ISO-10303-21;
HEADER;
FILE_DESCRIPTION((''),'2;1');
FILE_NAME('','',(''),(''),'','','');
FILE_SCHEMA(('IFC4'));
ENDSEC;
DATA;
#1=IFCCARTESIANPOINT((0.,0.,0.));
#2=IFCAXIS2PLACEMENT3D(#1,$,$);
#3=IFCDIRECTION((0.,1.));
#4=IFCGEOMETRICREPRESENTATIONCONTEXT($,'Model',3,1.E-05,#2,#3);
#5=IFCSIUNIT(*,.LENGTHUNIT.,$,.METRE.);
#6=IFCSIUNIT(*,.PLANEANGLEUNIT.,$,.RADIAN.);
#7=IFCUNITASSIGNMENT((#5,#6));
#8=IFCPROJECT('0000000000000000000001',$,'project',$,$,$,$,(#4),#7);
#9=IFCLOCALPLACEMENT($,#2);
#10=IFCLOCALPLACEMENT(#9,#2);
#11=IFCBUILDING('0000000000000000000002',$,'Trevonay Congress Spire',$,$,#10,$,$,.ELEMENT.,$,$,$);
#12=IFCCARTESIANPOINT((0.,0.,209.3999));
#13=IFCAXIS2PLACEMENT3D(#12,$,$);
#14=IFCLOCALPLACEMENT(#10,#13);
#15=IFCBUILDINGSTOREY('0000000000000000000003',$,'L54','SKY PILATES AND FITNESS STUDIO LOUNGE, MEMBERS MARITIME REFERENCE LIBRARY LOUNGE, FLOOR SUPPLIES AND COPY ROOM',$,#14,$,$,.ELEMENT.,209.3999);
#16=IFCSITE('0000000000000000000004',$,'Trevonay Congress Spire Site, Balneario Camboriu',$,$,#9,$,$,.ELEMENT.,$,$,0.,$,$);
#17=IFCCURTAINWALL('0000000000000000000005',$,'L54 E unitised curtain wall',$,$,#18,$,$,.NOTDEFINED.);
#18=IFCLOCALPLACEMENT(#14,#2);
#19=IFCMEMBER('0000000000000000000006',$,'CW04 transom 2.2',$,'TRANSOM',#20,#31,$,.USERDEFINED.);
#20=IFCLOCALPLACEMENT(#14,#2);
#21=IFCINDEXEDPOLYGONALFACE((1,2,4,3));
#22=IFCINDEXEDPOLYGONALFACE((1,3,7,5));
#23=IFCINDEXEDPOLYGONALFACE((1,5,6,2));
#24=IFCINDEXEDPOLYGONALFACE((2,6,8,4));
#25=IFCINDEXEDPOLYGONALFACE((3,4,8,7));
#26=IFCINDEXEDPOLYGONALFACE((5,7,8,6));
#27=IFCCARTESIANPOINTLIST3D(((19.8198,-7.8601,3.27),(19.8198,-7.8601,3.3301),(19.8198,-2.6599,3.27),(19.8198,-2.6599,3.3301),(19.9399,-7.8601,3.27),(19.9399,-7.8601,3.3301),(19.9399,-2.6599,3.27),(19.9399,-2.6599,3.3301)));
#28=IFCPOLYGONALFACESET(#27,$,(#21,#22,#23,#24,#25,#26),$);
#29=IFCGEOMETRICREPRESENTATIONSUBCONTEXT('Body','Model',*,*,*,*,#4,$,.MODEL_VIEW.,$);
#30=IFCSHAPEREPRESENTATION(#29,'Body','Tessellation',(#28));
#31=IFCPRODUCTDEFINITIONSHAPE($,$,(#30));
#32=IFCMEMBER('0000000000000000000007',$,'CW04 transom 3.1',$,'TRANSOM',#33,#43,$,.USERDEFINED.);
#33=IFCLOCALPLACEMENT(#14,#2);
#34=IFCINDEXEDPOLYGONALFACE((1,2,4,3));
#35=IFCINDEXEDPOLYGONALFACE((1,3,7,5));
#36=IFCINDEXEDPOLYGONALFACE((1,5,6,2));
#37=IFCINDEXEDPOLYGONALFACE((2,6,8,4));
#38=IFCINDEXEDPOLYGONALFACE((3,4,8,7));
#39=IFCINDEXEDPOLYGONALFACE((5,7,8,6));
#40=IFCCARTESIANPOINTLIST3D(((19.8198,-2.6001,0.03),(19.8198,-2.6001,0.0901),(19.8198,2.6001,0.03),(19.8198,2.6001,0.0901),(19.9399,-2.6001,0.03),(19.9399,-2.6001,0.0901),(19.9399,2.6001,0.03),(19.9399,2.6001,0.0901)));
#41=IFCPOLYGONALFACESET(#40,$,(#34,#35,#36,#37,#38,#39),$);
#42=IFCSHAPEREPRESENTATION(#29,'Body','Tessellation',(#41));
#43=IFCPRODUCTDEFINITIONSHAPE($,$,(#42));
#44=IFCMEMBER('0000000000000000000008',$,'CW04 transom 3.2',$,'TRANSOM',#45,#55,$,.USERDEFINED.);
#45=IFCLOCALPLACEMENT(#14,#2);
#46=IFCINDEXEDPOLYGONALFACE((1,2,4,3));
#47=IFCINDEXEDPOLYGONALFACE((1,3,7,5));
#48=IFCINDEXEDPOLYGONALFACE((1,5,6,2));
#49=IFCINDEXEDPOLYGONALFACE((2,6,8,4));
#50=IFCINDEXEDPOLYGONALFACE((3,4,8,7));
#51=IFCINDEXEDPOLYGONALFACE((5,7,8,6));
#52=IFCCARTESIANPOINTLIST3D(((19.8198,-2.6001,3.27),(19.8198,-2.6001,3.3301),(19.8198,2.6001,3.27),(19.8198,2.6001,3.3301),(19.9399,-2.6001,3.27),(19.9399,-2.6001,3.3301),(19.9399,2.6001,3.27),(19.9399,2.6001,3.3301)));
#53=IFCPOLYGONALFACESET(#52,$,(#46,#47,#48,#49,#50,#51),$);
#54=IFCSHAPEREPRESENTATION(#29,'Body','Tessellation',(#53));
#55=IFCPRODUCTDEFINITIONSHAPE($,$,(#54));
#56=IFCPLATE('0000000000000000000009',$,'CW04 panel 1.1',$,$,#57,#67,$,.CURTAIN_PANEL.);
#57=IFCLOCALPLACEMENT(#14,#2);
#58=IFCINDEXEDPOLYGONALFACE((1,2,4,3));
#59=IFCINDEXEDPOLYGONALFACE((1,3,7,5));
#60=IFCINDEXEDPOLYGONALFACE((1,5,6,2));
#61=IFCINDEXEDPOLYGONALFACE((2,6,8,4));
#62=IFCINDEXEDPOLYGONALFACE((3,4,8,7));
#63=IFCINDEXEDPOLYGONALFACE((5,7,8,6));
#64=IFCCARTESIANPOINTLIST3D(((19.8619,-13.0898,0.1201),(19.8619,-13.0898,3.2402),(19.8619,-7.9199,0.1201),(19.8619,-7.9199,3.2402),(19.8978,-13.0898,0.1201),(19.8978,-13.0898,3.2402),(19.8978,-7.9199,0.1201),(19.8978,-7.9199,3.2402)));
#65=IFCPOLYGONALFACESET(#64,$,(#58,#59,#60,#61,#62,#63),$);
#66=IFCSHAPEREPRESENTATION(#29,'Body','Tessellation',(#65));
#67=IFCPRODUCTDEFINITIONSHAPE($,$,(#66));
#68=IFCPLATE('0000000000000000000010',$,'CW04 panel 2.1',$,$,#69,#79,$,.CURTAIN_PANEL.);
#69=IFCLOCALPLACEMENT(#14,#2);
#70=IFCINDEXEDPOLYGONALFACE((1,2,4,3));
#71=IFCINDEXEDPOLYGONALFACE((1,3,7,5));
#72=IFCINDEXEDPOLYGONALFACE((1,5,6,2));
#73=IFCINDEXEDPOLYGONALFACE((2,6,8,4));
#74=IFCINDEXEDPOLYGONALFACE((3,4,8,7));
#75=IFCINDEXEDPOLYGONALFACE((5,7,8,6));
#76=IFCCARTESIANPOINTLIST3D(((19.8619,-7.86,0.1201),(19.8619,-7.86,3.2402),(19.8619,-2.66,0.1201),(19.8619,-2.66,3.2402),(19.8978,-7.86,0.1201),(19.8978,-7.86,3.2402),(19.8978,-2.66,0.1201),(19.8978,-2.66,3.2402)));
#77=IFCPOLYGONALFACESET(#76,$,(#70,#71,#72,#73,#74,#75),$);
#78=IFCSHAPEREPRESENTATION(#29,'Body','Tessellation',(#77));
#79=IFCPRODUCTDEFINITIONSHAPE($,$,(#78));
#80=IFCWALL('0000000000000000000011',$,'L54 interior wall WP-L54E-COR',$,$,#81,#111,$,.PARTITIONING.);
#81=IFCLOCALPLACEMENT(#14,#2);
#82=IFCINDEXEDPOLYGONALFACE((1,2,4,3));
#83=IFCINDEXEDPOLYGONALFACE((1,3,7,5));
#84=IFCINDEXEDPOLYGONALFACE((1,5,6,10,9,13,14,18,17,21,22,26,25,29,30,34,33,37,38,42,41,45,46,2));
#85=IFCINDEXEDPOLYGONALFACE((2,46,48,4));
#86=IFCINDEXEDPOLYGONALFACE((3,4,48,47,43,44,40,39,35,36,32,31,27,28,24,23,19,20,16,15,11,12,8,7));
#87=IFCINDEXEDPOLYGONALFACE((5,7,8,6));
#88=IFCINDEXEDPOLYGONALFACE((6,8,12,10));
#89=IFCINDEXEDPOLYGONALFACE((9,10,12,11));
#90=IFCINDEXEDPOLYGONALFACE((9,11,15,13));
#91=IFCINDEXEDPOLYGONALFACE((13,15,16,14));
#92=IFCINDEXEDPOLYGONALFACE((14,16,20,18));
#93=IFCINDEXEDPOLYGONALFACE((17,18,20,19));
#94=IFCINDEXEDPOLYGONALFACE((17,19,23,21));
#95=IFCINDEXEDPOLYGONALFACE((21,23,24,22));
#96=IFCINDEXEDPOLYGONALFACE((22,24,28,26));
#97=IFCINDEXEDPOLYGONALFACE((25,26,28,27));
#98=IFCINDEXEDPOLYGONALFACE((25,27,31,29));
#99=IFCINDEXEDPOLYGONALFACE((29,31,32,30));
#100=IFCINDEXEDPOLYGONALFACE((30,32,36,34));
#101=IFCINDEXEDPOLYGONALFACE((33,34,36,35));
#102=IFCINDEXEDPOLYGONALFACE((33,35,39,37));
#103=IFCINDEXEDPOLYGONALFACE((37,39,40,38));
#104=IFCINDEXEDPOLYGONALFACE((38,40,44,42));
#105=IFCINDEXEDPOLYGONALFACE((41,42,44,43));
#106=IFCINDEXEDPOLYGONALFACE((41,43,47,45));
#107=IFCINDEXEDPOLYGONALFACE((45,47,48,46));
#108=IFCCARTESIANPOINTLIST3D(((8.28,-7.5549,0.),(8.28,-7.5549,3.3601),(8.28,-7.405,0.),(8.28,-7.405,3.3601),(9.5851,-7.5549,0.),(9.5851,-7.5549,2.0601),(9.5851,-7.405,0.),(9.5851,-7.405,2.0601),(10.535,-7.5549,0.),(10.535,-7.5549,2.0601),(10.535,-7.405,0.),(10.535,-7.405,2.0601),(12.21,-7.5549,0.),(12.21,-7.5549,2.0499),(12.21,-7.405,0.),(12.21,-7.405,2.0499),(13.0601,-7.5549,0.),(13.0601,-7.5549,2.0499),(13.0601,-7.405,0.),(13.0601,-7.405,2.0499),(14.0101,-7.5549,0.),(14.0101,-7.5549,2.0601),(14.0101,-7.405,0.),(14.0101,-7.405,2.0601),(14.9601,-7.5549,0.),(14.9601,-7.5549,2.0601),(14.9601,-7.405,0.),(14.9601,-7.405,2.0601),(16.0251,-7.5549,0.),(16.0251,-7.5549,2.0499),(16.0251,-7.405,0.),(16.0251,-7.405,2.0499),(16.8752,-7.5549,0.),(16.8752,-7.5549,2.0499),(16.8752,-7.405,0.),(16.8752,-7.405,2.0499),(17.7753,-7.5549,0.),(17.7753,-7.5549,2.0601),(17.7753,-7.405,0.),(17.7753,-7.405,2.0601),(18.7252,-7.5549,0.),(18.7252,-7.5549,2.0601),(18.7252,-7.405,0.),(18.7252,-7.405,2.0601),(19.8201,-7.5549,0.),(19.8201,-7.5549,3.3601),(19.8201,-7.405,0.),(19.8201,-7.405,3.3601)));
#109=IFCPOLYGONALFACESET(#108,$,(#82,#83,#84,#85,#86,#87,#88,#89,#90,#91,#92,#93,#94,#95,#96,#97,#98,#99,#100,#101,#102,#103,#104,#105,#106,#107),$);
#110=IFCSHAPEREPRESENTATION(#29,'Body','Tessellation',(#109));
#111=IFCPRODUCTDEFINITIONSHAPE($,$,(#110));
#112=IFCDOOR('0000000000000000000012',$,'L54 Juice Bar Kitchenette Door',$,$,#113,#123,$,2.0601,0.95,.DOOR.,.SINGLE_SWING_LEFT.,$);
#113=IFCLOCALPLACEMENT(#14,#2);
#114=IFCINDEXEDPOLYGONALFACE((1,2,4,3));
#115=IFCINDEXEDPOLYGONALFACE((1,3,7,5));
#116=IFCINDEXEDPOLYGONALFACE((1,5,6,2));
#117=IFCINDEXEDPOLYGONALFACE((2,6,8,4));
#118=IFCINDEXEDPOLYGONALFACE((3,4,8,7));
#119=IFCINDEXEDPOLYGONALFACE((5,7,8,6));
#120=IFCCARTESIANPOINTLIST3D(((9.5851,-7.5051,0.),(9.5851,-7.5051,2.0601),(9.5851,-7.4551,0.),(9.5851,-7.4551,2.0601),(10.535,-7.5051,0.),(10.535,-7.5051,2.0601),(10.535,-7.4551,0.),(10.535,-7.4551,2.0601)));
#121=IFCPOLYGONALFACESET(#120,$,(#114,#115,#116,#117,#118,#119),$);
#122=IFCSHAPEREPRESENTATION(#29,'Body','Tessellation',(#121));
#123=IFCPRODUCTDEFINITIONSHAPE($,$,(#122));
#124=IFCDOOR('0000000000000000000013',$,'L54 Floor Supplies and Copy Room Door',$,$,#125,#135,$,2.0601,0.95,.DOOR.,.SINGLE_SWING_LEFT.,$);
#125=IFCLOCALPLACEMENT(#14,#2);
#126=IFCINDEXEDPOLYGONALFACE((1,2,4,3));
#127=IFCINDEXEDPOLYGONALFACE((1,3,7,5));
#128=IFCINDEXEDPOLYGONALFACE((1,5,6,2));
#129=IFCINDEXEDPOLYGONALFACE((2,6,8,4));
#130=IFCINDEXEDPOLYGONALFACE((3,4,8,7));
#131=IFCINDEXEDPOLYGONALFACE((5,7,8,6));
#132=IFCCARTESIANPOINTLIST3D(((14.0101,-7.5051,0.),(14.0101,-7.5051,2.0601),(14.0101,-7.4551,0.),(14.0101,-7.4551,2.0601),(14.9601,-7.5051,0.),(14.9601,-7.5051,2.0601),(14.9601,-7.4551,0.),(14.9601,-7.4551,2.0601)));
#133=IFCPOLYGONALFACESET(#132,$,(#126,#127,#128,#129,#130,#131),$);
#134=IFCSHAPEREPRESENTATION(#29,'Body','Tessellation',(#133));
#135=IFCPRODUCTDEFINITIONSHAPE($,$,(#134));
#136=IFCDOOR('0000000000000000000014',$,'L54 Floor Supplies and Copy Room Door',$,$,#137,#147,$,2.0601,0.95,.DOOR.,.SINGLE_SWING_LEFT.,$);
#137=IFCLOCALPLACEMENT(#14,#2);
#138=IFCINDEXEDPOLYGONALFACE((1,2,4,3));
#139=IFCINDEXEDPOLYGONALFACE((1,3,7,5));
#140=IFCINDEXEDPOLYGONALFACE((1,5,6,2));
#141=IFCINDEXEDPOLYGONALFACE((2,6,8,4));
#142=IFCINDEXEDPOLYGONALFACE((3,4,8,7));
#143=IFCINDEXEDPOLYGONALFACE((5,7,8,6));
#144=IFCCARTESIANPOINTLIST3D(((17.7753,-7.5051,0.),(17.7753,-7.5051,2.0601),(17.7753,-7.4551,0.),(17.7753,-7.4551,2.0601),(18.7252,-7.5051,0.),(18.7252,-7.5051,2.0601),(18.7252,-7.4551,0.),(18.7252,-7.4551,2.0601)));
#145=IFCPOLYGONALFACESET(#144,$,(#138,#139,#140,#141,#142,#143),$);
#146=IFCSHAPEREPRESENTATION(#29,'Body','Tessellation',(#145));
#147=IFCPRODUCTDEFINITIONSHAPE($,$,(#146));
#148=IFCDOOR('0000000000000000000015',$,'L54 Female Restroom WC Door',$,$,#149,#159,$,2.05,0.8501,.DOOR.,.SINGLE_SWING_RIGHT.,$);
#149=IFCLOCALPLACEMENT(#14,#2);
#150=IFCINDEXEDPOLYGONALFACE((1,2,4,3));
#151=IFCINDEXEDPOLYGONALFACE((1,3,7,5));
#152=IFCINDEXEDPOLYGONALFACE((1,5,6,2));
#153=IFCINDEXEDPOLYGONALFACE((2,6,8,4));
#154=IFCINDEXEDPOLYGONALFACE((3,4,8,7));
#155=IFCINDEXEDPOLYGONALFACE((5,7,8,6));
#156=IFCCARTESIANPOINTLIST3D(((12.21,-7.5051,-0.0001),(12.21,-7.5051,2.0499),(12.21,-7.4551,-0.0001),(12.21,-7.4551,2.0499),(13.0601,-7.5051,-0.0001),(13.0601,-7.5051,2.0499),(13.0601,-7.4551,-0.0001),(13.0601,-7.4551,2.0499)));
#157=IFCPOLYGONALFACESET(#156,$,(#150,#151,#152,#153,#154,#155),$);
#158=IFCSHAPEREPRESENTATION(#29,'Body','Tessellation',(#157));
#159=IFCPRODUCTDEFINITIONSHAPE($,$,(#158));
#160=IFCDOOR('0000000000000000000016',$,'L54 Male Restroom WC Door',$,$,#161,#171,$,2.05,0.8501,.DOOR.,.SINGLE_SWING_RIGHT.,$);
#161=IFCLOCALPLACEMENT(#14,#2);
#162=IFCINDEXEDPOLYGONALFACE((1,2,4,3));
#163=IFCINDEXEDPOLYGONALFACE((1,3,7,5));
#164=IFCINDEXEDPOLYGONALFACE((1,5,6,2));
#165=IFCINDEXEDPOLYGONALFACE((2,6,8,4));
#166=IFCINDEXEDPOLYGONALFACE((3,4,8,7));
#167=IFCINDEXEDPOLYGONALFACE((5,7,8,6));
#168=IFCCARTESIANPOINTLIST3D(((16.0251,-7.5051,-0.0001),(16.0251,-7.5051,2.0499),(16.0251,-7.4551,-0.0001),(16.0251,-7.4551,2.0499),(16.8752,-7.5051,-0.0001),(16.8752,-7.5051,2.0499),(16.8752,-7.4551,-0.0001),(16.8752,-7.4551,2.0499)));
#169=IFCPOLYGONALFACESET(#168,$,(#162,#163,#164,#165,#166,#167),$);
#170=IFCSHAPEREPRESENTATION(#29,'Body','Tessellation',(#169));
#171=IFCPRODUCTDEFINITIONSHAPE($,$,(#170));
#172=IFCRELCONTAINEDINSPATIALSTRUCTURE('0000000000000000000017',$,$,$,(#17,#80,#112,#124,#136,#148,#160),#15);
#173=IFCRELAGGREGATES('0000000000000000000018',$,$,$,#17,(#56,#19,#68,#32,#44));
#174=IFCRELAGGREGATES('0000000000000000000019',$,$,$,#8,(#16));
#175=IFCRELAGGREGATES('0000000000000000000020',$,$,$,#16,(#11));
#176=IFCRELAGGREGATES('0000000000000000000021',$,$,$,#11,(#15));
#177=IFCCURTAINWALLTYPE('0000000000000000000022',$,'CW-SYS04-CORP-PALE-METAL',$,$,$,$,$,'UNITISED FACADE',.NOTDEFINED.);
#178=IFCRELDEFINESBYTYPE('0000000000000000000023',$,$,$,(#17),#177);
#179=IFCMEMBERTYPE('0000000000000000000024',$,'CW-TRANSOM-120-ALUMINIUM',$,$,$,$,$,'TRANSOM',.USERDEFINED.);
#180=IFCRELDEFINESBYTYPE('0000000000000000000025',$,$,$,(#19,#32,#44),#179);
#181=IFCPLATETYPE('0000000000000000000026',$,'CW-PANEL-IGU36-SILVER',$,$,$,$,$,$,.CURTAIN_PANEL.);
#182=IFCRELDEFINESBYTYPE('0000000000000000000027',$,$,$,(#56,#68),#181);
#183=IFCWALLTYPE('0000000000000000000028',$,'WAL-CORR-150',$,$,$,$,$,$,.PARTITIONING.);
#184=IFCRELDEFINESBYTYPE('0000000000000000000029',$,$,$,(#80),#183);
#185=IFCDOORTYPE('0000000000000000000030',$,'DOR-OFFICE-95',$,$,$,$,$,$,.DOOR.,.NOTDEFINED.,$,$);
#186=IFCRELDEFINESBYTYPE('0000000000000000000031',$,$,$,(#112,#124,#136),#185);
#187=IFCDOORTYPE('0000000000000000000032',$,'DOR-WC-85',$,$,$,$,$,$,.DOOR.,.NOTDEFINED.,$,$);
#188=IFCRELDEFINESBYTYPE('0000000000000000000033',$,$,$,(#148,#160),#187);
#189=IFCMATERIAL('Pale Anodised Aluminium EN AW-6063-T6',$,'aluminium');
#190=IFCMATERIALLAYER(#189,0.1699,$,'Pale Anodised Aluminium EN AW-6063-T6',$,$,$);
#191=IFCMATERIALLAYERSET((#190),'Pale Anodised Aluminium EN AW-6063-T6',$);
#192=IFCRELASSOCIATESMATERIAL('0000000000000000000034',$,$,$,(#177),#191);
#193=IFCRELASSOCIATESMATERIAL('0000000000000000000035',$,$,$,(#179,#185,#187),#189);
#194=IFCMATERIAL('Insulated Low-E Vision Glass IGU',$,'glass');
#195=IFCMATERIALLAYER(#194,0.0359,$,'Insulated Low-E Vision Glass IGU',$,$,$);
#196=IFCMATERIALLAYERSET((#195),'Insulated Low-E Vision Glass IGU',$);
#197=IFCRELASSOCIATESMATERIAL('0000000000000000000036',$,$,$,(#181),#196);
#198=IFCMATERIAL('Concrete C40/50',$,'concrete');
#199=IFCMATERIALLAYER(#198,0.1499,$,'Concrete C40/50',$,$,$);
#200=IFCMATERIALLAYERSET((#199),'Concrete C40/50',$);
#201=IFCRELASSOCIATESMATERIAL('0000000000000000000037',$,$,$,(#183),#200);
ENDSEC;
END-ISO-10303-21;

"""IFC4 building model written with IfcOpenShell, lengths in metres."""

from ifc_helpers import new_model, si_unit, direction, frame, frame_2d, origin, origin_2d, place, context, subcontext, project, spatial, rectangle, extrude, material, layer, layer_set, material_profile, profile_set, type_object, element, fill, aggregate, save


model = new_model("IFC4")

# Units and contexts
model_context = context("Model", 3, precision=1e-05, world=origin(), true_north=direction((0.0, 1.0)))
body_context = subcontext(model_context, "Body", "Model", "MODEL_VIEW")
ifc_project = project(units=[si_unit("LENGTHUNIT", "METRE"), si_unit("PLANEANGLEUNIT", "RADIAN")], contexts=[model_context])

# Site, building, storey
site_placement = place(None, origin())
site = spatial("IfcSite", under=ifc_project, at=site_placement, Name="Trevonay Congress Spire Site, Balneario Camboriu", CompositionType="ELEMENT", RefElevation=0.0)
building_placement = place(site_placement, origin())
building = spatial("IfcBuilding", under=site, at=building_placement, Name="Trevonay Congress Spire", CompositionType="ELEMENT")
storey_placement = place(building_placement, frame((0.0, 0.0, 209.3999)))
storey = spatial("IfcBuildingStorey", under=building, at=storey_placement, Name="L54", Description="SKY PILATES AND FITNESS STUDIO LOUNGE, MEMBERS MARITIME REFERENCE LIBRARY LOUNGE, FLOOR SUPPLIES AND COPY ROOM", CompositionType="ELEMENT", Elevation=209.3999)

# Curtain wall, members, plates
ifc_material_1 = material(Name="Pale Anodised Aluminium EN AW-6063-T6", Category="aluminium")
ifc_layer_1 = layer(ifc_material_1, 0.1699, Name="Pale Anodised Aluminium EN AW-6063-T6")
ifc_layer_set_1 = layer_set([ifc_layer_1], Name="Pale Anodised Aluminium EN AW-6063-T6")
curtain_wall_type = type_object("IfcCurtainWallType", Name="CW-SYS04-CORP-PALE-METAL", ElementType="UNITISED FACADE", PredefinedType="NOTDEFINED", material=ifc_layer_set_1)
curtain_wall_placement = place(storey_placement, origin())
curtain_wall = element("IfcCurtainWall", 1, at=curtain_wall_placement, inside=storey, type_object=curtain_wall_type, Name="L54 E unitised curtain wall", PredefinedType="NOTDEFINED")
ifc_material_profile_1 = material_profile(ifc_material_1, rectangle(XDim=0.1201, YDim=0.0601, at=origin_2d()), Name="CW-TRANSOM-120-ALUMINIUM")
ifc_profile_set_1 = profile_set([ifc_material_profile_1], Name="Pale Anodised Aluminium EN AW-6063-T6")
member_type_1 = type_object("IfcMemberType", Name="CW-TRANSOM-120-ALUMINIUM", ElementType="TRANSOM", PredefinedType="USERDEFINED", material=ifc_profile_set_1)
member_1_placement = place(storey_placement, frame((19.8799, -7.8601, 3.3), z_axis=(0.0, 1.0, 0.0), x_axis=(-1.0, 0.0, 0.0)))
member_1 = element("IfcMember", 2, at=member_1_placement, type_object=member_type_1, Name="CW04 transom 2.2", ObjectType="TRANSOM", PredefinedType="USERDEFINED", context=body_context, shape_type="SweptSolid", body=[
    extrude(rectangle(XDim=0.1201, YDim=0.0601, at=origin_2d()), origin(), (0.0, 0.0, 1.0), 5.2002),
])
member_2_placement = place(storey_placement, frame((19.8799, -2.6001, 0.0601), z_axis=(0.0, 1.0, 0.0), x_axis=(-1.0, 0.0, 0.0)))
member_2 = element("IfcMember", 3, at=member_2_placement, type_object=member_type_1, Name="CW04 transom 3.1", ObjectType="TRANSOM", PredefinedType="USERDEFINED", context=body_context, shape_type="SweptSolid", body=[
    extrude(rectangle(XDim=0.1201, YDim=0.0601, at=origin_2d()), origin(), (0.0, 0.0, 1.0), 5.2002),
])
member_3_placement = place(storey_placement, frame((19.8799, -2.6001, 3.3), z_axis=(0.0, 1.0, 0.0), x_axis=(-1.0, 0.0, 0.0)))
member_3 = element("IfcMember", 4, at=member_3_placement, type_object=member_type_1, Name="CW04 transom 3.2", ObjectType="TRANSOM", PredefinedType="USERDEFINED", context=body_context, shape_type="SweptSolid", body=[
    extrude(rectangle(XDim=0.1201, YDim=0.0601, at=origin_2d()), origin(), (0.0, 0.0, 1.0), 5.2002),
])
ifc_material_2 = material(Name="Insulated Low-E Vision Glass IGU", Category="glass")
ifc_layer_2 = layer(ifc_material_2, 0.0359, Name="Insulated Low-E Vision Glass IGU")
ifc_layer_set_2 = layer_set([ifc_layer_2], Name="Insulated Low-E Vision Glass IGU")
plate_type = type_object("IfcPlateType", Name="CW-PANEL-IGU36-SILVER", PredefinedType="CURTAIN_PANEL", material=ifc_layer_set_2)
plate_1_placement = place(storey_placement, frame((19.8799, -10.5049, 0.1201), z_axis=(0.0, 0.0, 1.0), x_axis=(0.0, 1.0, 0.0)))
plate_1 = element("IfcPlate", 5, at=plate_1_placement, type_object=plate_type, Name="CW04 panel 1.1", PredefinedType="CURTAIN_PANEL", context=body_context, shape_type="SweptSolid", body=[
    extrude(rectangle(XDim=5.1699, YDim=0.0359, at=origin_2d()), origin(), (0.0, 0.0, 1.0), 3.1201),
])
plate_2_placement = place(storey_placement, frame((19.8799, -5.26, 0.1201), z_axis=(0.0, 0.0, 1.0), x_axis=(0.0, 1.0, 0.0)))
plate_2 = element("IfcPlate", 6, at=plate_2_placement, type_object=plate_type, Name="CW04 panel 2.1", PredefinedType="CURTAIN_PANEL", context=body_context, shape_type="SweptSolid", body=[
    extrude(rectangle(XDim=5.2, YDim=0.0359, at=origin_2d()), origin(), (0.0, 0.0, 1.0), 3.1201),
])
aggregate(curtain_wall, [plate_1, member_1, plate_2, member_2, member_3])

# Wall, openings, doors
ifc_material_3 = material(Name="Concrete C40/50", Category="concrete")
ifc_layer_3 = layer(ifc_material_3, 0.1499, Name="Concrete C40/50")
ifc_layer_set_3 = layer_set([ifc_layer_3], Name="Concrete C40/50")
wall_type_1 = type_object("IfcWallType", Name="WAL-CORR-150", PredefinedType="PARTITIONING", material=ifc_layer_set_3)
wall_1_placement = place(storey_placement, frame((8.28, -7.48, 0.0), z_axis=(0.0, 0.0, 1.0), x_axis=(1.0, 0.0, 0.0)))
wall_1 = element("IfcWall", 7, at=wall_1_placement, inside=storey, type_object=wall_type_1, Name="L54 interior wall WP-L54E-COR", PredefinedType="PARTITIONING", context=body_context, shape_type="SweptSolid", body=[
    extrude(rectangle(XDim=11.54, YDim=0.1499, at=frame_2d((5.77, 0.0))), origin(), (0.0, 0.0, 1.0), 3.3601),
])
opening_1_placement = place(wall_1_placement, frame((1.3049, 0.0, 0.0)))
opening_1 = element("IfcOpeningElement", 8, at=opening_1_placement, cuts=wall_1, PredefinedType="OPENING", context=body_context, shape_type="SweptSolid", body=[
    extrude(rectangle(XDim=0.95, YDim=2.0601, at=frame_2d((0.4751, 1.03))), frame((0.0, 0.085, 0.0), z_axis=(0.0, -1.0, 0.0), x_axis=(1.0, 0.0, 0.0)), (0.0, 0.0, 1.0), 0.1699),
])
opening_2_placement = place(wall_1_placement, frame((3.9299, 0.0, 0.0)))
opening_2 = element("IfcOpeningElement", 9, at=opening_2_placement, cuts=wall_1, PredefinedType="OPENING", context=body_context, shape_type="SweptSolid", body=[
    extrude(rectangle(XDim=0.8501, YDim=2.05, at=frame_2d((0.425, 1.0249))), frame((0.0, 0.085, 0.0), z_axis=(0.0, -1.0, 0.0), x_axis=(1.0, 0.0, 0.0)), (0.0, 0.0, 1.0), 0.1699),
])
opening_3_placement = place(wall_1_placement, frame((5.73, 0.0, 0.0)))
opening_3 = element("IfcOpeningElement", 10, at=opening_3_placement, cuts=wall_1, PredefinedType="OPENING", context=body_context, shape_type="SweptSolid", body=[
    extrude(rectangle(XDim=0.95, YDim=2.0601, at=frame_2d((0.4751, 1.03))), frame((0.0, 0.085, 0.0), z_axis=(0.0, -1.0, 0.0), x_axis=(1.0, 0.0, 0.0)), (0.0, 0.0, 1.0), 0.1699),
])
opening_4_placement = place(wall_1_placement, frame((7.7451, 0.0, 0.0)))
opening_4 = element("IfcOpeningElement", 11, at=opening_4_placement, cuts=wall_1, PredefinedType="OPENING", context=body_context, shape_type="SweptSolid", body=[
    extrude(rectangle(XDim=0.8501, YDim=2.05, at=frame_2d((0.425, 1.0249))), frame((0.0, 0.085, 0.0), z_axis=(0.0, -1.0, 0.0), x_axis=(1.0, 0.0, 0.0)), (0.0, 0.0, 1.0), 0.1699),
])
opening_5_placement = place(wall_1_placement, frame((9.4951, 0.0, 0.0)))
opening_5 = element("IfcOpeningElement", 12, at=opening_5_placement, cuts=wall_1, PredefinedType="OPENING", context=body_context, shape_type="SweptSolid", body=[
    extrude(rectangle(XDim=0.95, YDim=2.0601, at=frame_2d((0.4751, 1.03))), frame((0.0, 0.085, 0.0), z_axis=(0.0, -1.0, 0.0), x_axis=(1.0, 0.0, 0.0)), (0.0, 0.0, 1.0), 0.1699),
])
door_type_1 = type_object("IfcDoorType", Name="DOR-OFFICE-95", OperationType="NOTDEFINED", PredefinedType="DOOR", material=ifc_material_1)
door_1_placement = place(opening_1_placement, origin())
door_1 = element("IfcDoor", 13, at=door_1_placement, inside=storey, type_object=door_type_1, Name="L54 Juice Bar Kitchenette Door", OperationType="SINGLE_SWING_LEFT", OverallHeight=2.0601, OverallWidth=0.95, PredefinedType="DOOR", context=body_context, shape_type="SweptSolid", body=[
    extrude(rectangle(XDim=0.95, YDim=2.0601, at=frame_2d((0.4751, 1.03))), frame((0.0, 0.0249, 0.0), z_axis=(0.0, -1.0, 0.0), x_axis=(1.0, 0.0, 0.0)), (0.0, 0.0, 1.0), 0.05),
])
fill(opening_1, door_1)
door_2_placement = place(opening_3_placement, origin())
door_2 = element("IfcDoor", 14, at=door_2_placement, inside=storey, type_object=door_type_1, Name="L54 Floor Supplies and Copy Room Door", OperationType="SINGLE_SWING_LEFT", OverallHeight=2.0601, OverallWidth=0.95, PredefinedType="DOOR", context=body_context, shape_type="SweptSolid", body=[
    extrude(rectangle(XDim=0.95, YDim=2.0601, at=frame_2d((0.4751, 1.03))), frame((0.0, 0.0249, 0.0), z_axis=(0.0, -1.0, 0.0), x_axis=(1.0, 0.0, 0.0)), (0.0, 0.0, 1.0), 0.05),
])
fill(opening_3, door_2)
door_3_placement = place(opening_5_placement, origin())
door_3 = element("IfcDoor", 15, at=door_3_placement, inside=storey, type_object=door_type_1, Name="L54 Floor Supplies and Copy Room Door", OperationType="SINGLE_SWING_LEFT", OverallHeight=2.0601, OverallWidth=0.95, PredefinedType="DOOR", context=body_context, shape_type="SweptSolid", body=[
    extrude(rectangle(XDim=0.95, YDim=2.0601, at=frame_2d((0.4751, 1.03))), frame((0.0, 0.0249, 0.0), z_axis=(0.0, -1.0, 0.0), x_axis=(1.0, 0.0, 0.0)), (0.0, 0.0, 1.0), 0.05),
])
fill(opening_5, door_3)
door_type_2 = type_object("IfcDoorType", Name="DOR-WC-85", OperationType="NOTDEFINED", PredefinedType="DOOR", material=ifc_material_1)
door_4_placement = place(opening_2_placement, origin())
door_4 = element("IfcDoor", 16, at=door_4_placement, inside=storey, type_object=door_type_2, Name="L54 Female Restroom WC Door", OperationType="SINGLE_SWING_RIGHT", OverallHeight=2.05, OverallWidth=0.8501, PredefinedType="DOOR", context=body_context, shape_type="SweptSolid", body=[
    extrude(rectangle(XDim=0.8501, YDim=2.05, at=frame_2d((0.425, 1.0249))), frame((0.0, 0.0249, 0.0), z_axis=(0.0, -1.0, 0.0), x_axis=(1.0, 0.0, 0.0)), (0.0, 0.0, 1.0), 0.05),
])
fill(opening_2, door_4)
door_5_placement = place(opening_4_placement, origin())
door_5 = element("IfcDoor", 17, at=door_5_placement, inside=storey, type_object=door_type_2, Name="L54 Male Restroom WC Door", OperationType="SINGLE_SWING_RIGHT", OverallHeight=2.05, OverallWidth=0.8501, PredefinedType="DOOR", context=body_context, shape_type="SweptSolid", body=[
    extrude(rectangle(XDim=0.8501, YDim=2.05, at=frame_2d((0.425, 1.0249))), frame((0.0, 0.0249, 0.0), z_axis=(0.0, -1.0, 0.0), x_axis=(1.0, 0.0, 0.0)), (0.0, 0.0, 1.0), 0.05),
])
fill(opening_4, door_5)

save(model, "model.ifc")
